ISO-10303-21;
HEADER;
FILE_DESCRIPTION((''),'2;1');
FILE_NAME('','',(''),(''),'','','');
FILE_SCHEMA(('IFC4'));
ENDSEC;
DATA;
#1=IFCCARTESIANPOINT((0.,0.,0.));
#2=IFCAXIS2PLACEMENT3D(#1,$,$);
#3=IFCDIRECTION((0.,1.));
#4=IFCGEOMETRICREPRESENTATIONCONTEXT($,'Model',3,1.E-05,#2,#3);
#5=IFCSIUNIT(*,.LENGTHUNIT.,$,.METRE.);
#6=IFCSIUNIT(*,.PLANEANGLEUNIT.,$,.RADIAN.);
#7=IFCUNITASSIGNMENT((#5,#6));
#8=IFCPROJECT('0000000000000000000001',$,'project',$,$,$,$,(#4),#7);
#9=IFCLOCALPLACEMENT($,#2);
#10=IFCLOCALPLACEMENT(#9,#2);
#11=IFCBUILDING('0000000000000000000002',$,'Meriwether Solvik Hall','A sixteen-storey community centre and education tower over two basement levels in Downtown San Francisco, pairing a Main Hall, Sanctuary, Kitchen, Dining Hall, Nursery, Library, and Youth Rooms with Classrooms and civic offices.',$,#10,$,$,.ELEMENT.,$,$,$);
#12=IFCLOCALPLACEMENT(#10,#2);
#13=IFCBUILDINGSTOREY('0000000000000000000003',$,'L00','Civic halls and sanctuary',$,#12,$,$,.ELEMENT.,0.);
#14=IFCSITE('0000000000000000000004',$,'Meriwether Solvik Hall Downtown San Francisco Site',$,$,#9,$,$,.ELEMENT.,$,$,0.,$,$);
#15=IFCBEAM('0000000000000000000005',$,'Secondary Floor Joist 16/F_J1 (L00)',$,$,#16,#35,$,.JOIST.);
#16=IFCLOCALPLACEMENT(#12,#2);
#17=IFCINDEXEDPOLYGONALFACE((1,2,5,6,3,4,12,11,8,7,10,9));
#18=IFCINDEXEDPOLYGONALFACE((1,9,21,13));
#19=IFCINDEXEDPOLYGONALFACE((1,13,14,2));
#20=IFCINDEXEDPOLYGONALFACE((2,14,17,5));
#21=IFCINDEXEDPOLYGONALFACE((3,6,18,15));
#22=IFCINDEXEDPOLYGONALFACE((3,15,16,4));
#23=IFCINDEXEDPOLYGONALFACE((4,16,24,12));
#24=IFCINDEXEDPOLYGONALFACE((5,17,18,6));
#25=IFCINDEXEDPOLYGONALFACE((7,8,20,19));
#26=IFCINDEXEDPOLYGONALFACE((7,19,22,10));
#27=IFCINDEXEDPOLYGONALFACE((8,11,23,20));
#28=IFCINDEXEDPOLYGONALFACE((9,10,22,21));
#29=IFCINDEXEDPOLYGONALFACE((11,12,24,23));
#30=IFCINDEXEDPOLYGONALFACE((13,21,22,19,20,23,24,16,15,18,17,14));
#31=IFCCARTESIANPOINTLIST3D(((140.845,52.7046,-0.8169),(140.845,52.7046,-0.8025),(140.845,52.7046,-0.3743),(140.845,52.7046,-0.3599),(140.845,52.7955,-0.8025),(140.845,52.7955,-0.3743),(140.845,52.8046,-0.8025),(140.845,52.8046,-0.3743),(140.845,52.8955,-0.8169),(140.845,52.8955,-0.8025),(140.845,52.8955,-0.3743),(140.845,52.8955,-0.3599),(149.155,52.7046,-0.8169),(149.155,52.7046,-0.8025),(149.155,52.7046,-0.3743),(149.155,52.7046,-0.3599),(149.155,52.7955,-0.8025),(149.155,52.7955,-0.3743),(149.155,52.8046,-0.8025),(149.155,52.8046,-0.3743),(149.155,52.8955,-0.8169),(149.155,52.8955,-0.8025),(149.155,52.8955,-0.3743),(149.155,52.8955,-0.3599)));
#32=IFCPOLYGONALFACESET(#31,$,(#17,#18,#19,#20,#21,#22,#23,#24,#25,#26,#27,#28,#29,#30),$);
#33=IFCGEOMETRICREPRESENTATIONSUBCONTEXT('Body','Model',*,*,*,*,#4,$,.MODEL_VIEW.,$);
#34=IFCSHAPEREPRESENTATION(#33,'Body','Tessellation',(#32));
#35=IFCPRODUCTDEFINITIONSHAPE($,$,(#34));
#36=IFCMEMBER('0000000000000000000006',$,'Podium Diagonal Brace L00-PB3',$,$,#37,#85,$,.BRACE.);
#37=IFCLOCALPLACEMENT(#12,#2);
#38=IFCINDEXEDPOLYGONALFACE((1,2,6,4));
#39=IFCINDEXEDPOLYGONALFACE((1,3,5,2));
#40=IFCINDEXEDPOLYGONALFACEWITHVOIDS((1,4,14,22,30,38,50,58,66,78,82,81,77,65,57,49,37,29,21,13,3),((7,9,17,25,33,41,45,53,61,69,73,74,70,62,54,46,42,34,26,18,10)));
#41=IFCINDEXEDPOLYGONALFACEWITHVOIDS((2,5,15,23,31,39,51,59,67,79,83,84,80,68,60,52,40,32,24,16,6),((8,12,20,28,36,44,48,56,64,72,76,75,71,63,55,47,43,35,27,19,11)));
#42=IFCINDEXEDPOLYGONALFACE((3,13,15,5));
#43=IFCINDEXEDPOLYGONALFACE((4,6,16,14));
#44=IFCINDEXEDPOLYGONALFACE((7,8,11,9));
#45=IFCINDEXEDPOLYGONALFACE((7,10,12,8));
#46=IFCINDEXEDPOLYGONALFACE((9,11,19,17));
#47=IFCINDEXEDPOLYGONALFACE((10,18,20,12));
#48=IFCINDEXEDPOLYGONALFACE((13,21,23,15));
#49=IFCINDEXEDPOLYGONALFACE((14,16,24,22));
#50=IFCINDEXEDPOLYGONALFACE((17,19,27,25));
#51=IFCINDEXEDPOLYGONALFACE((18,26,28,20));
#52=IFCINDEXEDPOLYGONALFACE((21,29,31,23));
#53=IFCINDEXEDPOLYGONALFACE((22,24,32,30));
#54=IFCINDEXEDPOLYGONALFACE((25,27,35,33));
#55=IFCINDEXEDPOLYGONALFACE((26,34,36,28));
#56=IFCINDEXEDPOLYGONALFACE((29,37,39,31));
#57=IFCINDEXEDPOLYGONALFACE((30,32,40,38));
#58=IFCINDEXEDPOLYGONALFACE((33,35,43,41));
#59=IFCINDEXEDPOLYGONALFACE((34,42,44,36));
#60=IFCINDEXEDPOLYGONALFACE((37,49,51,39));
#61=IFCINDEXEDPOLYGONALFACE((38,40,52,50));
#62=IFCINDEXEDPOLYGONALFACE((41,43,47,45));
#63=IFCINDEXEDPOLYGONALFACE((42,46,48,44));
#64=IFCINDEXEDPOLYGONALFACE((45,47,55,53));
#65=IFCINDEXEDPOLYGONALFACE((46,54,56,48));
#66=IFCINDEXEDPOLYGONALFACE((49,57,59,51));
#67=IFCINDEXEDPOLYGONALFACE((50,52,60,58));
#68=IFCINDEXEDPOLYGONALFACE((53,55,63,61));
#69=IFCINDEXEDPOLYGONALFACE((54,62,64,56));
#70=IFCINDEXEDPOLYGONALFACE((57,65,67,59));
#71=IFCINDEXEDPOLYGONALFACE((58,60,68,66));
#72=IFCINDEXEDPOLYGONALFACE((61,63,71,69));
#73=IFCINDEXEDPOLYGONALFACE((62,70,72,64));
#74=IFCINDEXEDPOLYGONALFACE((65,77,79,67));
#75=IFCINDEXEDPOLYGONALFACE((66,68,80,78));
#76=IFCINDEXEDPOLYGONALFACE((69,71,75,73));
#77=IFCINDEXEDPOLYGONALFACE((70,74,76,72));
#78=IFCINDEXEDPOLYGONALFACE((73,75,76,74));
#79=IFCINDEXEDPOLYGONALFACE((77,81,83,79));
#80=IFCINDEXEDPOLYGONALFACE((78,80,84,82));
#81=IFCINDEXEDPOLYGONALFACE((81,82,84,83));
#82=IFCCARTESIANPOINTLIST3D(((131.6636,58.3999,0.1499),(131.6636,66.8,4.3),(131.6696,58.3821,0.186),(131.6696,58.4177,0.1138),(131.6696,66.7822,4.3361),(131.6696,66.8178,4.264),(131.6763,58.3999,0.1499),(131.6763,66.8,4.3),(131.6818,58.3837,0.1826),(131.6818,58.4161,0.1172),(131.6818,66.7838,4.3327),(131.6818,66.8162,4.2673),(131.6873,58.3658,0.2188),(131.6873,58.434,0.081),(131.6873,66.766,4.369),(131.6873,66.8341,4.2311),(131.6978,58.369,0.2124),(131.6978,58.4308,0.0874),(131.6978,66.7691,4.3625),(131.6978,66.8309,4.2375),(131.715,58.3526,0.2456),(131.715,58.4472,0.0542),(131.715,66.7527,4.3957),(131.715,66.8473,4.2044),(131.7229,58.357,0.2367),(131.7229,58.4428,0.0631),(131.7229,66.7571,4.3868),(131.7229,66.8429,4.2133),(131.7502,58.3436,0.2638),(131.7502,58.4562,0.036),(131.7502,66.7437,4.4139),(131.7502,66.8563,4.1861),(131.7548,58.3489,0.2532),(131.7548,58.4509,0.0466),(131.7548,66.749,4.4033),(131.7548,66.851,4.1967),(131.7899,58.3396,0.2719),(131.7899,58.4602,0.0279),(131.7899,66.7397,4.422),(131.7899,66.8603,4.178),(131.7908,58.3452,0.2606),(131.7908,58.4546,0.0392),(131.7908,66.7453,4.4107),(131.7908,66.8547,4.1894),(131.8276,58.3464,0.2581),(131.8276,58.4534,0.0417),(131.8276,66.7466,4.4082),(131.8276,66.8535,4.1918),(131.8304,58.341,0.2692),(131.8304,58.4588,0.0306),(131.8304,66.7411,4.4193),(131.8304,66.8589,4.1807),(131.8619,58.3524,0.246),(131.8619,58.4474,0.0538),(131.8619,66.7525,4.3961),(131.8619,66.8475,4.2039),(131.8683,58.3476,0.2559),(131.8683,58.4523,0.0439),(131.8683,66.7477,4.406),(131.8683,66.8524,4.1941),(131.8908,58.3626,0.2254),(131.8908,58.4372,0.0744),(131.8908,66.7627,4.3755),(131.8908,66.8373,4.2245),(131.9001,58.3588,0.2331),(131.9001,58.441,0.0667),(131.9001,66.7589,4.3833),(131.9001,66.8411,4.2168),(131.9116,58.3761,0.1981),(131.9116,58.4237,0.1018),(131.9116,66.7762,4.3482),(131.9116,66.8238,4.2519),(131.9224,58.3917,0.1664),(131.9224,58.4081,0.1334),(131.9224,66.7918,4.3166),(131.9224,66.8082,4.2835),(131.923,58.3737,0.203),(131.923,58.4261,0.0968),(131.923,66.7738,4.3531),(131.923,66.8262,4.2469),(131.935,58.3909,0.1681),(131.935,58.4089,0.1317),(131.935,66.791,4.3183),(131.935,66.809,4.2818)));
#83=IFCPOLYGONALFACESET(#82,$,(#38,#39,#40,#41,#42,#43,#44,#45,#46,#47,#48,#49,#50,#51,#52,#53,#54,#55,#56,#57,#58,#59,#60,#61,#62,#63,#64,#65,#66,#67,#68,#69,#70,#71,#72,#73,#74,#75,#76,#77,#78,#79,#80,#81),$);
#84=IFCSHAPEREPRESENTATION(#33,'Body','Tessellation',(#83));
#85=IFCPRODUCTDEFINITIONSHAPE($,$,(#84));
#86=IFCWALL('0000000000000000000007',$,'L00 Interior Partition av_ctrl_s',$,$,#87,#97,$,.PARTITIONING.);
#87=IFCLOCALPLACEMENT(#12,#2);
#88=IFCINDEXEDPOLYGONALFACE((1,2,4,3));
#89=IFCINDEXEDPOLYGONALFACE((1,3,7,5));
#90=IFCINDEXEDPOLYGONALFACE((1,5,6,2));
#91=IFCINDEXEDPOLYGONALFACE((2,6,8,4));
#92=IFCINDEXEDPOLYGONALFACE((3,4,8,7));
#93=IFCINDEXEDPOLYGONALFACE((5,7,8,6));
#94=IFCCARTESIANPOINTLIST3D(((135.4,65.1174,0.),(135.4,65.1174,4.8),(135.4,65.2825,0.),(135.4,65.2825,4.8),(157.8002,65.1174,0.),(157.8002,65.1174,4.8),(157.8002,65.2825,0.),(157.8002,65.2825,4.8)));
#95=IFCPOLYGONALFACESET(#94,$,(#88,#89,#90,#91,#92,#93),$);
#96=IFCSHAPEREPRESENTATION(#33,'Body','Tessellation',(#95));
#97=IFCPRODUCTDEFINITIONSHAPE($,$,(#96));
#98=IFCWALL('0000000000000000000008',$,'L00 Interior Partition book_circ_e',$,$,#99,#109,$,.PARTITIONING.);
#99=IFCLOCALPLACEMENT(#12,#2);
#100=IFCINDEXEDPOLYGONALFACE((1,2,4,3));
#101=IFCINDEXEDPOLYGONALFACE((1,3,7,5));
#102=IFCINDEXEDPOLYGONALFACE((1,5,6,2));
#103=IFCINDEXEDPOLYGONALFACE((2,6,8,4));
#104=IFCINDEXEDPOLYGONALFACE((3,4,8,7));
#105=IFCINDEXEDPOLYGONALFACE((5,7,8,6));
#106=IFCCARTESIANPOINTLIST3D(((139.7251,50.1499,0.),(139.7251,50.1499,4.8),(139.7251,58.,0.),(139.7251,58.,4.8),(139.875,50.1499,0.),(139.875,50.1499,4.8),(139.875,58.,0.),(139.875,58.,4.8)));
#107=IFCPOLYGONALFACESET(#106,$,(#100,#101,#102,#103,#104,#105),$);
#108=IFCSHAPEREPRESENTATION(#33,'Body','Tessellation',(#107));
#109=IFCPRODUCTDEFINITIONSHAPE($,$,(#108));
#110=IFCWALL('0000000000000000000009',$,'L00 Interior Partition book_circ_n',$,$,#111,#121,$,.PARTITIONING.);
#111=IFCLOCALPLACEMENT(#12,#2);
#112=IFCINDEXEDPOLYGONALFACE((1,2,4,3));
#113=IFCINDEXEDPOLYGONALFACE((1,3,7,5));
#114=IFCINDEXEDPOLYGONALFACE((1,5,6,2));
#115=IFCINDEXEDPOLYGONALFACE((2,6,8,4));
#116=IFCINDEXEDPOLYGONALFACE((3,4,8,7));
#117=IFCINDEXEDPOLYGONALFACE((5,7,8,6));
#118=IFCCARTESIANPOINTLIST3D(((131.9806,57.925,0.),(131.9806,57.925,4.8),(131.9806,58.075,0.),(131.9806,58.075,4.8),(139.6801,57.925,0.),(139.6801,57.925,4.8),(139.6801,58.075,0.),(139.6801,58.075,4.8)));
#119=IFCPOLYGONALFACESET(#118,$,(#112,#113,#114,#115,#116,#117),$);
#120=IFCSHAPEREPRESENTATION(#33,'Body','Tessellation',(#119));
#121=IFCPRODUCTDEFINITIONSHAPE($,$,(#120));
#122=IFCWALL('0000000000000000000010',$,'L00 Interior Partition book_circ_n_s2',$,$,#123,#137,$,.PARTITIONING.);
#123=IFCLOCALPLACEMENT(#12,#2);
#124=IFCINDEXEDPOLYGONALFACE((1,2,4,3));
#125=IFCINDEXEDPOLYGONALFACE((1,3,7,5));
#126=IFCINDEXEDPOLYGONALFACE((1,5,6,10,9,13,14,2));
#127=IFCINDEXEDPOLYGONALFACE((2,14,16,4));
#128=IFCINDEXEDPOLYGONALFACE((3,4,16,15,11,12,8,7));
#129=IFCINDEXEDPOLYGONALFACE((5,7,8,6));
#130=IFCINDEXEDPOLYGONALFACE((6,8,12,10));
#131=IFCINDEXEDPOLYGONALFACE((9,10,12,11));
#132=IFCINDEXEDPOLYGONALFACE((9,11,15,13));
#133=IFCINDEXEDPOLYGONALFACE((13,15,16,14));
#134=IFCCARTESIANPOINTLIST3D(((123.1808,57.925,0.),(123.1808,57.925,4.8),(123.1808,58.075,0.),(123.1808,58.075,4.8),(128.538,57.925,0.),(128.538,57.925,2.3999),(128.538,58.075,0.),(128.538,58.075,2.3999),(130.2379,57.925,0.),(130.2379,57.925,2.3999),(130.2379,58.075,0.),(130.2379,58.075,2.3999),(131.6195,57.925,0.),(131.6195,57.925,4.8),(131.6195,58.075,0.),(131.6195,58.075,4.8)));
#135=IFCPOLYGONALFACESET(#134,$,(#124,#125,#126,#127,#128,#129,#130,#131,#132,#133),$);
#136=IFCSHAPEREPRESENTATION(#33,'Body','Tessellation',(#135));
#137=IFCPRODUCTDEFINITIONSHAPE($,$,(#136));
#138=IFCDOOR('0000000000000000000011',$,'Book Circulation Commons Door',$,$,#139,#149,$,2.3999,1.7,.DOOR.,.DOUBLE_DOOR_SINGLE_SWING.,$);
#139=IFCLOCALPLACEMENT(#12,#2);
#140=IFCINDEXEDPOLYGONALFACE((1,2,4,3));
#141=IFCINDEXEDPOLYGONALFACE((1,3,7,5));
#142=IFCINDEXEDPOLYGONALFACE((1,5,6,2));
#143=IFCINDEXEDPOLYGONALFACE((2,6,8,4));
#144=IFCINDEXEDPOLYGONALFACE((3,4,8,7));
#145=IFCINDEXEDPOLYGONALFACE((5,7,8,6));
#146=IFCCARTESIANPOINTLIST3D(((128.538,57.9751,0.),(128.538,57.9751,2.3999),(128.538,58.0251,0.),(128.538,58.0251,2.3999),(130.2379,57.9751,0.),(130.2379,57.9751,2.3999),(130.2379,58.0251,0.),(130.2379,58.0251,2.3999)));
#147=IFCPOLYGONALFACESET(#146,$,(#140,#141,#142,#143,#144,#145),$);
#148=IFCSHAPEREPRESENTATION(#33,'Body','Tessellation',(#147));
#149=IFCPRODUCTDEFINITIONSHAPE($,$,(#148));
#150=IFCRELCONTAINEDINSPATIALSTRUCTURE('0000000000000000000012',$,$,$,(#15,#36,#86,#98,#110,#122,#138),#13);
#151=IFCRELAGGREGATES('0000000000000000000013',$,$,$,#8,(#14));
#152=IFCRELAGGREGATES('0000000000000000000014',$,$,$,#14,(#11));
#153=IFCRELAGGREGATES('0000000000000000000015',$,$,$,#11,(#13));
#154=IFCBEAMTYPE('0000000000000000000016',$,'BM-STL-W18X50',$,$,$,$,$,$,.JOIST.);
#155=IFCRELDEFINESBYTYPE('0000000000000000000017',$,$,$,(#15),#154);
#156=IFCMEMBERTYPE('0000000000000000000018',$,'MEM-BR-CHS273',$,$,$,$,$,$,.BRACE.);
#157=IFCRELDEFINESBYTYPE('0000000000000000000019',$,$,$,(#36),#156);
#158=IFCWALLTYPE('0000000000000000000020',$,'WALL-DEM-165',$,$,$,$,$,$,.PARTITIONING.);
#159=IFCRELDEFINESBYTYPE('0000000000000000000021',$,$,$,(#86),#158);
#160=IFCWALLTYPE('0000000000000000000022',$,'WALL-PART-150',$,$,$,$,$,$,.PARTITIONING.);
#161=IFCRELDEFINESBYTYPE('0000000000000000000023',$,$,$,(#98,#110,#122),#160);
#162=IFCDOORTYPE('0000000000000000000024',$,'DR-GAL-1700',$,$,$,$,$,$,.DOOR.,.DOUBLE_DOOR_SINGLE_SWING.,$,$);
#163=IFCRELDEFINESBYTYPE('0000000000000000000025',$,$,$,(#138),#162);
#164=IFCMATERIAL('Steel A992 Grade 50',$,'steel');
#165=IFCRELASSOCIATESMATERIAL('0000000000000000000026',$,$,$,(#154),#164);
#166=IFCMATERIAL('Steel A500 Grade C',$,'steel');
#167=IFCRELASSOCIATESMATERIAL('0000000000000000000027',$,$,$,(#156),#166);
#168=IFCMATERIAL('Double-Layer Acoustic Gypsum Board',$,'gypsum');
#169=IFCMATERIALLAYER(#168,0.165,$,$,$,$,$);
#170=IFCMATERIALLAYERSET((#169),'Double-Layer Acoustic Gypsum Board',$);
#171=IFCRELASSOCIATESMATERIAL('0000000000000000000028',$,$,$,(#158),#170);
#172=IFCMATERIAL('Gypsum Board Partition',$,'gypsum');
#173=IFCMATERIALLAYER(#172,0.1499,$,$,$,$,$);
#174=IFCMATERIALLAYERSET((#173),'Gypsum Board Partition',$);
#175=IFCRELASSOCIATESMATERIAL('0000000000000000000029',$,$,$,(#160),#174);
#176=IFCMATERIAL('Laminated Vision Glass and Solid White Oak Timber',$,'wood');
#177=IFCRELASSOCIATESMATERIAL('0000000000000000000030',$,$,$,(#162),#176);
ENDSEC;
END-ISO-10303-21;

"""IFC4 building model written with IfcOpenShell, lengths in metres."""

from ifc_helpers import new_model, si_unit, direction, frame, frame_2d, origin, origin_2d, place, context, subcontext, project, spatial, rectangle, hollow_circle, i_section, extrude, material, layer, layer_set, material_profile, profile_set, type_object, element, fill, save


model = new_model("IFC4")

# Units and contexts
model_context = context("Model", 3, precision=1e-05, world=origin(), true_north=direction((0.0, 1.0)))
body_context = subcontext(model_context, "Body", "Model", "MODEL_VIEW")
ifc_project = project(units=[si_unit("LENGTHUNIT", "METRE"), si_unit("PLANEANGLEUNIT", "RADIAN")], contexts=[model_context])

# Site, building, storey
site_placement = place(None, origin())
site = spatial("IfcSite", under=ifc_project, at=site_placement, Name="Meriwether Solvik Hall Downtown San Francisco Site", CompositionType="ELEMENT", RefElevation=0.0)
building_placement = place(site_placement, origin())
building = spatial("IfcBuilding", under=site, at=building_placement, Name="Meriwether Solvik Hall", Description="A sixteen-storey community centre and education tower over two basement levels in Downtown San Francisco, pairing a Main Hall, Sanctuary, Kitchen, Dining Hall, Nursery, Library, and Youth Rooms with Classrooms and civic offices.", CompositionType="ELEMENT")
storey_placement = place(building_placement, origin())
storey = spatial("IfcBuildingStorey", under=building, at=storey_placement, Name="L00", Description="Civic halls and sanctuary", CompositionType="ELEMENT", Elevation=0.0)

# Beam
ifc_material_1 = material(Name="Steel A992 Grade 50", Category="steel")
ifc_material_profile_1 = material_profile(ifc_material_1, i_section(OverallWidth=0.1909, OverallDepth=0.457, WebThickness=0.009, FlangeThickness=0.0144, at=origin_2d()), Name="W18X50")
ifc_profile_set_1 = profile_set([ifc_material_profile_1], Name="Steel A992 Grade 50")
beam_type_1 = type_object("IfcBeamType", Name="BM-STL-W18X50", PredefinedType="JOIST", material=ifc_profile_set_1)
for number, where, z_axis, x_axis, name in (
    (1, (140.845, 52.8, -0.5884), (1.0, 0.0, 0.0), (0.0, 1.0, 0.0), "Secondary Floor Joist 16/F_J1 (L00)"),
):
    element("IfcBeam", number, at=place(storey_placement, frame(where, z_axis=z_axis, x_axis=x_axis)), inside=storey, type_object=beam_type_1, Name=name, PredefinedType="JOIST", context=body_context, shape_type="SweptSolid", body=[
        extrude(i_section(OverallWidth=0.1909, OverallDepth=0.457, WebThickness=0.009, FlangeThickness=0.0144, at=origin_2d()), origin(), (0.0, 0.0, 1.0), 8.3101),
    ])

# Member
ifc_material_2 = material(Name="Steel A500 Grade C", Category="steel")
ifc_material_profile_2 = material_profile(ifc_material_2, hollow_circle(Radius=0.1365, WallThickness=0.0127, at=origin_2d()), Name="CHS273X12.7")
ifc_profile_set_2 = profile_set([ifc_material_profile_2], Name="Steel A500 Grade C")
member_type = type_object("IfcMemberType", Name="MEM-BR-CHS273", PredefinedType="BRACE", material=ifc_profile_set_2)
member_placement = place(storey_placement, frame((131.8, 58.3999, 0.1499), z_axis=(0.0, 0.896549, 0.442946), x_axis=(-1.0, 0.0, 0.0)))
element("IfcMember", 2, at=member_placement, inside=storey, type_object=member_type, Name="Podium Diagonal Brace L00-PB3", PredefinedType="BRACE", context=body_context, shape_type="SweptSolid", body=[
    extrude(hollow_circle(Radius=0.1365, WallThickness=0.0127, at=origin_2d()), origin(), (0.0, 0.0, 1.0), 9.3694),
])

# Walls
ifc_material_3 = material(Name="Double-Layer Acoustic Gypsum Board", Category="gypsum")
ifc_layer_1 = layer(ifc_material_3, 0.165)
ifc_layer_set_1 = layer_set([ifc_layer_1], Name="Double-Layer Acoustic Gypsum Board")
wall_type_1 = type_object("IfcWallType", Name="WALL-DEM-165", PredefinedType="PARTITIONING", material=ifc_layer_set_1)
wall_1_placement = place(storey_placement, frame((135.3999, 65.2, 0.0), z_axis=(0.0, 0.0, 1.0), x_axis=(1.0, 0.0, 0.0)))
element("IfcWall", 3, at=wall_1_placement, inside=storey, type_object=wall_type_1, Name="L00 Interior Partition av_ctrl_s", PredefinedType="PARTITIONING", context=body_context, shape_type="SweptSolid", body=[
    extrude(rectangle(XDim=22.4001, YDim=0.165, at=frame_2d((11.2002, 0.0))), origin(), (0.0, 0.0, 1.0), 4.8),
])
ifc_material_4 = material(Name="Gypsum Board Partition", Category="gypsum")
ifc_layer_2 = layer(ifc_material_4, 0.1499)
ifc_layer_set_2 = layer_set([ifc_layer_2], Name="Gypsum Board Partition")
wall_type_2 = type_object("IfcWallType", Name="WALL-PART-150", PredefinedType="PARTITIONING", material=ifc_layer_set_2)
wall_2_placement = place(storey_placement, frame((139.8, 50.1499, 0.0), z_axis=(0.0, 0.0, 1.0), x_axis=(0.0, 1.0, 0.0)))
element("IfcWall", 4, at=wall_2_placement, inside=storey, type_object=wall_type_2, Name="L00 Interior Partition book_circ_e", PredefinedType="PARTITIONING", context=body_context, shape_type="SweptSolid", body=[
    extrude(rectangle(XDim=7.8501, YDim=0.1499, at=frame_2d((3.925, 0.0))), origin(), (0.0, 0.0, 1.0), 4.8),
])
wall_3_placement = place(storey_placement, frame((139.6799, 58.0, 0.0), z_axis=(0.0, 0.0, 1.0), x_axis=(-1.0, 0.0, 0.0)))
element("IfcWall", 5, at=wall_3_placement, inside=storey, type_object=wall_type_2, Name="L00 Interior Partition book_circ_n", PredefinedType="PARTITIONING", context=body_context, shape_type="SweptSolid", body=[
    extrude(rectangle(XDim=7.6995, YDim=0.1499, at=frame_2d((3.8496, 0.0))), origin(), (0.0, 0.0, 1.0), 4.8),
])

# Wall, opening, door
wall_4_placement = place(storey_placement, frame((131.6194, 58.0, 0.0), z_axis=(0.0, 0.0, 1.0), x_axis=(-1.0, 0.0, 0.0)))
wall_4 = element("IfcWall", 6, at=wall_4_placement, inside=storey, type_object=wall_type_2, Name="L00 Interior Partition book_circ_n_s2", PredefinedType="PARTITIONING", context=body_context, shape_type="SweptSolid", body=[
    extrude(rectangle(XDim=8.4387, YDim=0.1499, at=frame_2d((4.2192, 0.0))), origin(), (0.0, 0.0, 1.0), 4.8),
])
opening_1_placement = place(wall_4_placement, frame((1.3813, 0.0, 0.0)))
opening_1 = element("IfcOpeningElement", 7, at=opening_1_placement, cuts=wall_4, PredefinedType="OPENING", context=body_context, shape_type="SweptSolid", body=[
    extrude(rectangle(XDim=1.7, YDim=2.3999, at=frame_2d((0.8501, 1.2))), frame((0.0, 0.0869, 0.0), z_axis=(0.0, -1.0, 0.0), x_axis=(1.0, 0.0, 0.0)), (0.0, 0.0, 1.0), 0.1738),
])
ifc_material_5 = material(Name="Laminated Vision Glass and Solid White Oak Timber", Category="wood")
door_type_1 = type_object("IfcDoorType", Name="DR-GAL-1700", OperationType="DOUBLE_DOOR_SINGLE_SWING", PredefinedType="DOOR", material=ifc_material_5)
door_1_placement = place(opening_1_placement, origin())
door_1 = element("IfcDoor", 8, at=door_1_placement, inside=storey, type_object=door_type_1, Name="Book Circulation Commons Door", OperationType="DOUBLE_DOOR_SINGLE_SWING", OverallHeight=2.3999, OverallWidth=1.7, PredefinedType="DOOR", context=body_context, shape_type="SweptSolid", body=[
    extrude(rectangle(XDim=1.7, YDim=2.3999, at=frame_2d((0.8501, 1.2))), frame((0.0, 0.0249, 0.0), z_axis=(0.0, -1.0, 0.0), x_axis=(1.0, 0.0, 0.0)), (0.0, 0.0, 1.0), 0.05),
])
fill(opening_1, door_1)

save(model, "model.ifc")
